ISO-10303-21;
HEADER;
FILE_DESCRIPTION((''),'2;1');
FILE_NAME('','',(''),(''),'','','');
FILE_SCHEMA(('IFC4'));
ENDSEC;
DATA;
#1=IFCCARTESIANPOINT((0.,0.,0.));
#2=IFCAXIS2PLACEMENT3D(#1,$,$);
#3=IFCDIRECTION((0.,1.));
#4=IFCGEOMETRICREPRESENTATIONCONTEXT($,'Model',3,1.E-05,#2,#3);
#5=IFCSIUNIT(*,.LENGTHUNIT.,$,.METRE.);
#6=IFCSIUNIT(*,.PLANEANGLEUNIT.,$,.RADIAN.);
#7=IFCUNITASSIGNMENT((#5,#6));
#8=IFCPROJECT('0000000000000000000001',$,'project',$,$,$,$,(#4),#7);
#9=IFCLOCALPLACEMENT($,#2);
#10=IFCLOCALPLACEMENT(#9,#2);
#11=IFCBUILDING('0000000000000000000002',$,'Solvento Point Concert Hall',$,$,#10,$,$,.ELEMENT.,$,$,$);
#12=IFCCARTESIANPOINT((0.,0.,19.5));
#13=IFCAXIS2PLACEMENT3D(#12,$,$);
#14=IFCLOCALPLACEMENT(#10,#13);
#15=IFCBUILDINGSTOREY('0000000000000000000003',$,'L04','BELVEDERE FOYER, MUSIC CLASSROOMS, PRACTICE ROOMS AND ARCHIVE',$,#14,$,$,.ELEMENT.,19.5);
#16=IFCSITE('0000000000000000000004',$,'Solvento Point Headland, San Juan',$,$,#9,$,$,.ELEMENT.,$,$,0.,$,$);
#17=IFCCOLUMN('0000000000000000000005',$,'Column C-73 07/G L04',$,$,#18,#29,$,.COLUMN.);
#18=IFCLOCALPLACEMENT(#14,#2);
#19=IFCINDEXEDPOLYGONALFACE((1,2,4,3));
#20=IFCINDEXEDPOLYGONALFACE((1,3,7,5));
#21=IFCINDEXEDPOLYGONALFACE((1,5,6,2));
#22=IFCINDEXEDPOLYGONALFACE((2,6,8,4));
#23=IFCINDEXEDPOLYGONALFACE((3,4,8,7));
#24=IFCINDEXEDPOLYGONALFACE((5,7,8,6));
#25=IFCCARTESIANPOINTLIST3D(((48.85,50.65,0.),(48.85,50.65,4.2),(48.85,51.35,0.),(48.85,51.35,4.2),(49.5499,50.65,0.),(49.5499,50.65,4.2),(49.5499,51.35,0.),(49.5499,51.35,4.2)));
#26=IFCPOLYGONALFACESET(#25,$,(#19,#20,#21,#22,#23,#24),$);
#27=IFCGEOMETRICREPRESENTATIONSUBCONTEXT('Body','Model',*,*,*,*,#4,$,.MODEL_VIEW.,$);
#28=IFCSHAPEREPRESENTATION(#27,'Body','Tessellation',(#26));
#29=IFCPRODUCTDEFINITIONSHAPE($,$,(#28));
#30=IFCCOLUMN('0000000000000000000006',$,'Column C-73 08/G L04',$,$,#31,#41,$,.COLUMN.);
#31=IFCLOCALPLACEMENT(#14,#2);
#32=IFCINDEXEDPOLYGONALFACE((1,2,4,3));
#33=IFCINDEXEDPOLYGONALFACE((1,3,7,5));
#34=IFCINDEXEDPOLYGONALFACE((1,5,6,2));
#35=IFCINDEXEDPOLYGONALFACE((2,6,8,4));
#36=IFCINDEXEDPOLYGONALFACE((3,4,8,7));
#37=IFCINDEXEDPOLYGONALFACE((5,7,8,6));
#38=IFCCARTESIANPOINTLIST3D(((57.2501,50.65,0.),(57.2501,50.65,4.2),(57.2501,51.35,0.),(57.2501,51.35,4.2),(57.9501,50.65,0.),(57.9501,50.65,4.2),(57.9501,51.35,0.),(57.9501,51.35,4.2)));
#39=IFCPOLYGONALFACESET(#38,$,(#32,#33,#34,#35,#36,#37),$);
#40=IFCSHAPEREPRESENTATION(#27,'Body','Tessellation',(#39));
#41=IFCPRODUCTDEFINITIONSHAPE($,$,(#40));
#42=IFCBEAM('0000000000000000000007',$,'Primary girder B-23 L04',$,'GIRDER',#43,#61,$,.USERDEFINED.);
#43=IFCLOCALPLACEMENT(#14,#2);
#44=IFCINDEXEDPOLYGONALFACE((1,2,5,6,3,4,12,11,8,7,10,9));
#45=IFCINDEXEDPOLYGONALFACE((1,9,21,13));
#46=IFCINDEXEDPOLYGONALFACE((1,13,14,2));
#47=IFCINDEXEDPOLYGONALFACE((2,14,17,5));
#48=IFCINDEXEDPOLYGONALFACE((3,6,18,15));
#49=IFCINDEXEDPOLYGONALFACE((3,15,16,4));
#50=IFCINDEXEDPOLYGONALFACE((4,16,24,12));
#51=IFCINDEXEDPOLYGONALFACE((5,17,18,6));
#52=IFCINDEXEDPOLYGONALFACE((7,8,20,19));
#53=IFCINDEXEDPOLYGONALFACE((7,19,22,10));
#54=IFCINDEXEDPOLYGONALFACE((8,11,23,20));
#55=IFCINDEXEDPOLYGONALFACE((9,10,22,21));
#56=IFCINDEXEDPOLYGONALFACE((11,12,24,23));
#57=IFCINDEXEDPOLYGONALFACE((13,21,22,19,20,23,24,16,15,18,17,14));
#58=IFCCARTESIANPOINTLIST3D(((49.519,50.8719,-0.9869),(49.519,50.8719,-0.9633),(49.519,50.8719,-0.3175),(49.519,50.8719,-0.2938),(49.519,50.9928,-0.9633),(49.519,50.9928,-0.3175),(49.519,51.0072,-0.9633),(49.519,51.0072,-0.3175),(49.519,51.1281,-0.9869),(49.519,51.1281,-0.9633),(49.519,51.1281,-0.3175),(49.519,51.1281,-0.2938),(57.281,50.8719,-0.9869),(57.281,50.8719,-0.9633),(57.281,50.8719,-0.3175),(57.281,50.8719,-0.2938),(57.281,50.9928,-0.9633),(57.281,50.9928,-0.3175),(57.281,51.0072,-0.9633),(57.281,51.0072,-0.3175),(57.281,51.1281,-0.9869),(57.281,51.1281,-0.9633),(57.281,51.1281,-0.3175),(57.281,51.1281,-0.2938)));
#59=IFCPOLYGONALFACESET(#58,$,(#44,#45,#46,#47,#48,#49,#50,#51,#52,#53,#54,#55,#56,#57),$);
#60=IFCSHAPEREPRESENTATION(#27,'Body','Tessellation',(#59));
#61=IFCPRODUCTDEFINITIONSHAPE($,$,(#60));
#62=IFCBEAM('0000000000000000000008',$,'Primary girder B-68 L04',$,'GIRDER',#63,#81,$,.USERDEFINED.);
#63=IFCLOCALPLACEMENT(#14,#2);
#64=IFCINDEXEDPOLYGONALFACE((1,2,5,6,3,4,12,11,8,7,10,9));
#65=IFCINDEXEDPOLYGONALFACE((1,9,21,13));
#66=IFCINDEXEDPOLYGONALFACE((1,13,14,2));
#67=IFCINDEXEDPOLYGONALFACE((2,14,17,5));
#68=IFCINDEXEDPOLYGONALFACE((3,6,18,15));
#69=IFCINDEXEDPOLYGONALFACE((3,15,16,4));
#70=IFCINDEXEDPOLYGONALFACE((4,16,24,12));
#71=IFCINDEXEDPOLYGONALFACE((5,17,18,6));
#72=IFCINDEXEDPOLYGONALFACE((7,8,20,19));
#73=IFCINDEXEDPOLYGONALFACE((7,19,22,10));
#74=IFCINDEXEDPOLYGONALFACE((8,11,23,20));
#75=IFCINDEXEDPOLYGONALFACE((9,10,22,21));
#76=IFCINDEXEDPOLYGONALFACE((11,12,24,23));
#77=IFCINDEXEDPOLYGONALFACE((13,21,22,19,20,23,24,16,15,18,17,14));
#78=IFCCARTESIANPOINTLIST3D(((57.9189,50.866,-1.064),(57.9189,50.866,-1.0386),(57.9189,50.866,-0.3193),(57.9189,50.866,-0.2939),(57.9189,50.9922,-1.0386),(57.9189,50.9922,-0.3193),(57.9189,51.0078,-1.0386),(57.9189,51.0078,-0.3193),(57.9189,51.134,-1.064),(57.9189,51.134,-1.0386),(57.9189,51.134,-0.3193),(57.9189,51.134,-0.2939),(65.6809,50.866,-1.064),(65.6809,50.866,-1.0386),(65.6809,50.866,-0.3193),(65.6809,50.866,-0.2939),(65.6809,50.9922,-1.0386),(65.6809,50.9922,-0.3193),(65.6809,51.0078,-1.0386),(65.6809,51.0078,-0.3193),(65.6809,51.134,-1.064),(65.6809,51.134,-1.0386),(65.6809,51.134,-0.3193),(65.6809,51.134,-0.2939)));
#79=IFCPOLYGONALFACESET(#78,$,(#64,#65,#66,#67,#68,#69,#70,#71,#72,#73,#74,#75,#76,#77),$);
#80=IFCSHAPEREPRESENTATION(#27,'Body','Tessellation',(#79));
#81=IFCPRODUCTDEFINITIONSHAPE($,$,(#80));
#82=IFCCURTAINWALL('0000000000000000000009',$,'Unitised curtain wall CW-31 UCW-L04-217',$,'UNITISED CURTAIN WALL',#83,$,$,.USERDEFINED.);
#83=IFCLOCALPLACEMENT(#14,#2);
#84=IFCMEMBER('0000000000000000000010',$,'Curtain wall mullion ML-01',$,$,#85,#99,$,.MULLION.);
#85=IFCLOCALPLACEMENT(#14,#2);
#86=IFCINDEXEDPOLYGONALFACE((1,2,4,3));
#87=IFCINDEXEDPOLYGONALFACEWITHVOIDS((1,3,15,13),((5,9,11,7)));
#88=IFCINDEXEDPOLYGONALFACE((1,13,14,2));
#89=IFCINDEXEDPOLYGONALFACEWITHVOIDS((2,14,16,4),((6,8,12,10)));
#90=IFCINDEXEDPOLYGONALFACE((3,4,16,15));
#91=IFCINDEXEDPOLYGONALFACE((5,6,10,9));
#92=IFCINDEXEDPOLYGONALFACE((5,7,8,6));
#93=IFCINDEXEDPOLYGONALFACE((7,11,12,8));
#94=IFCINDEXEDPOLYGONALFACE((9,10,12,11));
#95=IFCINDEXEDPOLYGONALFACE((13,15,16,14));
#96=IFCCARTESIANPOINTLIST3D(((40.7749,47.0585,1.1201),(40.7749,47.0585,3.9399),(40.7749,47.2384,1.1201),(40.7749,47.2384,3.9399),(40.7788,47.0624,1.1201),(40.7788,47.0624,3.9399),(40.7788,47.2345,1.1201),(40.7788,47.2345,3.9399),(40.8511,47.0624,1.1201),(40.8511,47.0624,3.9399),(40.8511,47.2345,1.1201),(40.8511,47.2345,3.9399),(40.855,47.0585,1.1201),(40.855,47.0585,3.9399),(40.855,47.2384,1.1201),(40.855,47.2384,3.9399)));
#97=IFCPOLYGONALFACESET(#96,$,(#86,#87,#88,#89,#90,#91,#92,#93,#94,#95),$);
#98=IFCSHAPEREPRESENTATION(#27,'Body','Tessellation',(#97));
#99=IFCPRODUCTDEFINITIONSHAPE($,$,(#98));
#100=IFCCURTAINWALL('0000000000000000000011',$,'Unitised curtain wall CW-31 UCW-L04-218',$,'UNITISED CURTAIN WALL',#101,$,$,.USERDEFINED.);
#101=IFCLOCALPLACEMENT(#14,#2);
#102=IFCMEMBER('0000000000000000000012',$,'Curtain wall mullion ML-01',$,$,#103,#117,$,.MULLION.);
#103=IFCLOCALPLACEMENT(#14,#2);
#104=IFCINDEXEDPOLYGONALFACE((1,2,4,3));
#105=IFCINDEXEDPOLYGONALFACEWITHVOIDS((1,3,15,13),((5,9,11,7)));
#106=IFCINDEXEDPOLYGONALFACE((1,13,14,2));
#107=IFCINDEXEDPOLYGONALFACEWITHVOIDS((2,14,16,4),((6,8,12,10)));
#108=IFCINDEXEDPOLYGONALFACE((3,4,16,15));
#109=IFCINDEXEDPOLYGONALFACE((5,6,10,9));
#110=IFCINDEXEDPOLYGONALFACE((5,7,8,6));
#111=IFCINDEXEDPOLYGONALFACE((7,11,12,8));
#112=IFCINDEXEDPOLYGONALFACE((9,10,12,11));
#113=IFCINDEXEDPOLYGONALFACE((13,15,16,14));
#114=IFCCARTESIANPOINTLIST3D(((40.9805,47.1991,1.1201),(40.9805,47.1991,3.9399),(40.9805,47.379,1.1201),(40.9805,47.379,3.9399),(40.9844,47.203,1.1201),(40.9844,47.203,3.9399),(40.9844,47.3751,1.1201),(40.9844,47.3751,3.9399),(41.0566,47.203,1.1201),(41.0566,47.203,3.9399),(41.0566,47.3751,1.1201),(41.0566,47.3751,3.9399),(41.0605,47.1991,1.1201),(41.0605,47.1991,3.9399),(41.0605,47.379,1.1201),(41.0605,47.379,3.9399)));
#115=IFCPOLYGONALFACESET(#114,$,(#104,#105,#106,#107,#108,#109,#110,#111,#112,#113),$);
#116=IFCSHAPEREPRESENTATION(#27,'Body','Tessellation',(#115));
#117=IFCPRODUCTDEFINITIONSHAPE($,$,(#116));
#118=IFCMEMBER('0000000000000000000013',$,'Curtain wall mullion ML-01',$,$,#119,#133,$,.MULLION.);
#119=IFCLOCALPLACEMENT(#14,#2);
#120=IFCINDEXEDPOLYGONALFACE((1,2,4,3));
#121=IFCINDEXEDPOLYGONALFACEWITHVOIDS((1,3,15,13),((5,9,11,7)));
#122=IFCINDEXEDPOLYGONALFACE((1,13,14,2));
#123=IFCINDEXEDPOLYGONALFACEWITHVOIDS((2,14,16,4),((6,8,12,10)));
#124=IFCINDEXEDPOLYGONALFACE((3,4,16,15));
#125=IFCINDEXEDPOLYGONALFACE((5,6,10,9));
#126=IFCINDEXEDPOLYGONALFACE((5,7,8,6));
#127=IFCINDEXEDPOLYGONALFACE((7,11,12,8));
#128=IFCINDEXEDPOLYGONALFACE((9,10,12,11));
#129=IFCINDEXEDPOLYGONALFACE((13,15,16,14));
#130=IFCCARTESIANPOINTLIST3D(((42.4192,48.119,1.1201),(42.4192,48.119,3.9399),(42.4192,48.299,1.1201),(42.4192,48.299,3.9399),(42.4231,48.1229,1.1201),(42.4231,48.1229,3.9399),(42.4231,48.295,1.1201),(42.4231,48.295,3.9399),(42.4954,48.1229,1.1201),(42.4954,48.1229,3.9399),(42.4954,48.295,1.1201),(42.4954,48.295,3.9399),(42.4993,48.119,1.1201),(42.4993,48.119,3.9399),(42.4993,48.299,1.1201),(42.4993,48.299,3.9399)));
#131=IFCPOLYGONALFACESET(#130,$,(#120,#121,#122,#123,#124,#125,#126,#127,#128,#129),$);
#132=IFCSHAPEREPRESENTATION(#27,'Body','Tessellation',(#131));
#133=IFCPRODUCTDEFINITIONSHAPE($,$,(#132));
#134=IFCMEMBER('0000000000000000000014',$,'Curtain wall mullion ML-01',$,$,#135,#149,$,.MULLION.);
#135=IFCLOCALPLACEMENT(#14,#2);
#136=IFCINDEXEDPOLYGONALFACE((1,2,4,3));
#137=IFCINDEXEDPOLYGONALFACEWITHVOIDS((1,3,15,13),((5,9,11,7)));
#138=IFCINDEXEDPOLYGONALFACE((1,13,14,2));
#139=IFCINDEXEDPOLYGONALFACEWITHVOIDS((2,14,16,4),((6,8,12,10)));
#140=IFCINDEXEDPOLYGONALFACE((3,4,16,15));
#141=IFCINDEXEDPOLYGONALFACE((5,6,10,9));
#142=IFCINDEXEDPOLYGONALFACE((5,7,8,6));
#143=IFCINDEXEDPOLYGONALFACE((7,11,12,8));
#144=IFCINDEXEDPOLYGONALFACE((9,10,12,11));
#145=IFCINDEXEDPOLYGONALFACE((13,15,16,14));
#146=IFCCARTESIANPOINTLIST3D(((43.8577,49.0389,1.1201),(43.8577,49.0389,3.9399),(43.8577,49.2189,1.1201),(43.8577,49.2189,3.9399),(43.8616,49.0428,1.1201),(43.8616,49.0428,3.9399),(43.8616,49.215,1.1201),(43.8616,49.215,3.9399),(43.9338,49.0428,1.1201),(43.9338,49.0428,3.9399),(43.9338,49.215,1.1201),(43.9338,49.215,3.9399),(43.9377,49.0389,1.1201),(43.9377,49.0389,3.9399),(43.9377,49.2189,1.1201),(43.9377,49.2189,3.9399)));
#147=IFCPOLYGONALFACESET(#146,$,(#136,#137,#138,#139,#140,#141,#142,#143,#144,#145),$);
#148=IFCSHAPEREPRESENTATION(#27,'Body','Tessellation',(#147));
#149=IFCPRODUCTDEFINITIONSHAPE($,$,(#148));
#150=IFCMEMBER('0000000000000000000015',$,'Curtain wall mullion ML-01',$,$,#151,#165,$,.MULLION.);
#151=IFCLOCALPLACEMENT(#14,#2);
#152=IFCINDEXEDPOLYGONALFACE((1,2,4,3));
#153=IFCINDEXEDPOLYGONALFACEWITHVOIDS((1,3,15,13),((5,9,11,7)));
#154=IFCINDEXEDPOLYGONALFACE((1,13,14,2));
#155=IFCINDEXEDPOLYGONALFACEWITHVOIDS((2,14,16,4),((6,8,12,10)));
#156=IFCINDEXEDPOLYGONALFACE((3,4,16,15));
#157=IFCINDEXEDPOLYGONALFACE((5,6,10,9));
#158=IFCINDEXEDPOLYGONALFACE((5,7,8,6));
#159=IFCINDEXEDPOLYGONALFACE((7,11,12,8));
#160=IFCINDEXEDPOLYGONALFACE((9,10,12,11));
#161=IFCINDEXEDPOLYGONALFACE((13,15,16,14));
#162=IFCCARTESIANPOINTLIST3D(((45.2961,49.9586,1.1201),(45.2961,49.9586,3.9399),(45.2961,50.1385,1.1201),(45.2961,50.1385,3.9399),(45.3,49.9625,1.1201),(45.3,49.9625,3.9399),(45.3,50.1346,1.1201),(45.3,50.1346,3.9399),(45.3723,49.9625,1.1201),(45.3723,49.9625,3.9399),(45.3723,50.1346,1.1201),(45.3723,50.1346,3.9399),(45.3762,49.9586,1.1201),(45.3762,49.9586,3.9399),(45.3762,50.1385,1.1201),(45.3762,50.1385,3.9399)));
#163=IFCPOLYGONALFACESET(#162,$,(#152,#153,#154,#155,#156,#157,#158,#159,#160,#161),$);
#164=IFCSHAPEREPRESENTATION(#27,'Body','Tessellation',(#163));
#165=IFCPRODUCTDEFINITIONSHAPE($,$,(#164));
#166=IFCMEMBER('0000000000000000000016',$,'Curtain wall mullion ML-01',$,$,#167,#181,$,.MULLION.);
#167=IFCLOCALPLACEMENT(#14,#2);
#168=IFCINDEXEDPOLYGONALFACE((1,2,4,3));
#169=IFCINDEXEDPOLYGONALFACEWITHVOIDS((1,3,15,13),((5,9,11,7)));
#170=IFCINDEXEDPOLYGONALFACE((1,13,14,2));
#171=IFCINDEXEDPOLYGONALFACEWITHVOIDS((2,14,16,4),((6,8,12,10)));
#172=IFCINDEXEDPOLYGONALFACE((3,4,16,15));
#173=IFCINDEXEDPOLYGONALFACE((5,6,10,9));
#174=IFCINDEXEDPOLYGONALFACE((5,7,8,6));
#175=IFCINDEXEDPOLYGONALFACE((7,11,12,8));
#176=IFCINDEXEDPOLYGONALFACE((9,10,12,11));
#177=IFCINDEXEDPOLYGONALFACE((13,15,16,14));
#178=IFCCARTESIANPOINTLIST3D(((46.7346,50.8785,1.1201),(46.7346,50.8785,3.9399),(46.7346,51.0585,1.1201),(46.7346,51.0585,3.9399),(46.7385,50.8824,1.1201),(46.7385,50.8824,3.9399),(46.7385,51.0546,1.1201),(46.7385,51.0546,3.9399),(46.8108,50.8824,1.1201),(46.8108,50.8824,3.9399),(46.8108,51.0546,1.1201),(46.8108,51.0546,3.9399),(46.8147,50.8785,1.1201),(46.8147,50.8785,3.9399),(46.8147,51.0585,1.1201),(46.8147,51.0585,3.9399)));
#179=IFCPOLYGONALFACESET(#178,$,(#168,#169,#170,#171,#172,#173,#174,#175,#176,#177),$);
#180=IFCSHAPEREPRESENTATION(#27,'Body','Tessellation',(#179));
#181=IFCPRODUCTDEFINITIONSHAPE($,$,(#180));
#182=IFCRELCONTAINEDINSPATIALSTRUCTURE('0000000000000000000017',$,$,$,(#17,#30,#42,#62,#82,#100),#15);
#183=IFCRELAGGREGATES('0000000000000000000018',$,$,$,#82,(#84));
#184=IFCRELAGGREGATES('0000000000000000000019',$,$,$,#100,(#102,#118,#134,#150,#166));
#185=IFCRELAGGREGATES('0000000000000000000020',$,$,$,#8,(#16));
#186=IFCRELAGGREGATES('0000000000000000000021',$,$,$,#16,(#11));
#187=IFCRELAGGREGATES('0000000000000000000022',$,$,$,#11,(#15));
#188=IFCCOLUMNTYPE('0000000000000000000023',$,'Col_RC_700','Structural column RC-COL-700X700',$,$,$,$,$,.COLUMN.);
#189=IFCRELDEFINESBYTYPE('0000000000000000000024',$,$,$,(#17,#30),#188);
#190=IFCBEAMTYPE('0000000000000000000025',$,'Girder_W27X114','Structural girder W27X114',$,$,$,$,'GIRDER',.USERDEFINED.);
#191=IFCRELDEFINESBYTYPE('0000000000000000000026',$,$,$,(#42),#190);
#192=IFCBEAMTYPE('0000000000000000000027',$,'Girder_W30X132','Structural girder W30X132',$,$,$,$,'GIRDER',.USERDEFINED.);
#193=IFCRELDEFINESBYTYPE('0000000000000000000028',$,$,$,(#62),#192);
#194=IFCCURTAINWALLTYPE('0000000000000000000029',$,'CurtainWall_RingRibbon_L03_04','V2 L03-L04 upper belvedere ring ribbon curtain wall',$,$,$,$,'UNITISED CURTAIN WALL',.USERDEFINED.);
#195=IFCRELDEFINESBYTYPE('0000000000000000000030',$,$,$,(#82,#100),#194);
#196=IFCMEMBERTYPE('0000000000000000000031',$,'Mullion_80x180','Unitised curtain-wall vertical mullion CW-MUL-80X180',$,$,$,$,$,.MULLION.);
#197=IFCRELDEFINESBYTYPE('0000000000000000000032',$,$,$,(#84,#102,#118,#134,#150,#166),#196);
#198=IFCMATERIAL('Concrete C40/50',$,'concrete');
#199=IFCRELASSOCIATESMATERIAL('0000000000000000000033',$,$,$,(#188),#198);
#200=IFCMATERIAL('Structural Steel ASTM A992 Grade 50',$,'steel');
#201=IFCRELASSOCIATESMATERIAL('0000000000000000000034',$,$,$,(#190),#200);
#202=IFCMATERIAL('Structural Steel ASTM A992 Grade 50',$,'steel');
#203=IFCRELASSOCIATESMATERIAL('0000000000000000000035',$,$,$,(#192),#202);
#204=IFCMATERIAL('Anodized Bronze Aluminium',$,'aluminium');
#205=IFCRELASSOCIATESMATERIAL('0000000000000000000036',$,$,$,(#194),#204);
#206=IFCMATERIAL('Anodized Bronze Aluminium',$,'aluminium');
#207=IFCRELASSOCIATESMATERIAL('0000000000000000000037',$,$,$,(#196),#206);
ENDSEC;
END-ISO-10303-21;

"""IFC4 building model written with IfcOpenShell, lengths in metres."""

from ifc_helpers import new_model, si_unit, direction, frame, origin, origin_2d, place, context, subcontext, project, spatial, rectangle, hollow_rectangle, i_section, extrude, material, material_profile, profile_set, type_object, element, aggregate, save


model = new_model("IFC4")

# Units and contexts
model_context = context("Model", 3, precision=1e-05, world=origin(), true_north=direction((0.0, 1.0)))
body_context = subcontext(model_context, "Body", "Model", "MODEL_VIEW")
ifc_project = project(units=[si_unit("LENGTHUNIT", "METRE"), si_unit("PLANEANGLEUNIT", "RADIAN")], contexts=[model_context])

# Site, building, storey
site_placement = place(None, origin())
site = spatial("IfcSite", under=ifc_project, at=site_placement, Name="Solvento Point Headland, San Juan", CompositionType="ELEMENT", RefElevation=0.0)
building_placement = place(site_placement, origin())
building = spatial("IfcBuilding", under=site, at=building_placement, Name="Solvento Point Concert Hall", CompositionType="ELEMENT")
storey_placement = place(building_placement, frame((0.0, 0.0, 19.5)))
storey = spatial("IfcBuildingStorey", under=building, at=storey_placement, Name="L04", Description="BELVEDERE FOYER, MUSIC CLASSROOMS, PRACTICE ROOMS AND ARCHIVE", CompositionType="ELEMENT", Elevation=19.5)

# Columns
ifc_material_1 = material(Name="Concrete C40/50", Category="concrete")
ifc_material_profile_1 = material_profile(ifc_material_1, rectangle(XDim=0.7, YDim=0.7, at=origin_2d()), Name="RC-COL-700X700")
ifc_profile_set_1 = profile_set([ifc_material_profile_1], Name="Concrete C40/50")
column_type = type_object("IfcColumnType", Name="Col_RC_700", Description="Structural column RC-COL-700X700", PredefinedType="COLUMN", material=ifc_profile_set_1)
for number, where, z_axis, x_axis, name in (
    (1, (49.2, 51.0, 0.0), (0.0, 0.0, 1.0), (1.0, 0.0, 0.0), "Column C-73 07/G L04"),
    (2, (57.6001, 51.0, 0.0), (0.0, 0.0, 1.0), (1.0, 0.0, 0.0), "Column C-73 08/G L04"),
):
    element("IfcColumn", number, at=place(storey_placement, frame(where, z_axis=z_axis, x_axis=x_axis)), inside=storey, type_object=column_type, Name=name, PredefinedType="COLUMN", context=body_context, shape_type="SweptSolid", body=[
        extrude(rectangle(XDim=0.7, YDim=0.7, at=origin_2d()), origin(), (0.0, 0.0, 1.0), 4.2),
    ])

# Beams
ifc_material_2 = material(Name="Structural Steel ASTM A992 Grade 50", Category="steel")
ifc_material_profile_2 = material_profile(ifc_material_2, i_section(OverallWidth=0.2561, OverallDepth=0.6931, WebThickness=0.0144, FlangeThickness=0.0237, at=origin_2d()), Name="W27X114")
ifc_profile_set_2 = profile_set([ifc_material_profile_2], Name="Structural Steel ASTM A992 Grade 50")
beam_type_1 = type_object("IfcBeamType", Name="Girder_W27X114", Description="Structural girder W27X114", ElementType="GIRDER", PredefinedType="USERDEFINED", material=ifc_profile_set_2)
beam_1_placement = place(storey_placement, frame((49.519, 51.0, -0.6404), z_axis=(1.0, 0.0, 0.0), x_axis=(0.0, 1.0, 0.0)))
element("IfcBeam", 3, at=beam_1_placement, inside=storey, type_object=beam_type_1, Name="Primary girder B-23 L04", ObjectType="GIRDER", PredefinedType="USERDEFINED", context=body_context, shape_type="SweptSolid", body=[
    extrude(i_section(OverallWidth=0.2561, OverallDepth=0.6931, WebThickness=0.0144, FlangeThickness=0.0237, at=origin_2d()), origin(), (0.0, 0.0, 1.0), 7.762),
])
ifc_material_3 = material(Name="Structural Steel ASTM A992 Grade 50", Category="steel")
ifc_material_profile_3 = material_profile(ifc_material_3, i_section(OverallWidth=0.2681, OverallDepth=0.77, WebThickness=0.0156, FlangeThickness=0.0254, at=origin_2d()), Name="W30X132")
ifc_profile_set_3 = profile_set([ifc_material_profile_3], Name="Structural Steel ASTM A992 Grade 50")
beam_type_2 = type_object("IfcBeamType", Name="Girder_W30X132", Description="Structural girder W30X132", ElementType="GIRDER", PredefinedType="USERDEFINED", material=ifc_profile_set_3)
beam_2_placement = place(storey_placement, frame((57.9189, 51.0, -0.679), z_axis=(1.0, 0.0, 0.0), x_axis=(0.0, 1.0, 0.0)))
element("IfcBeam", 4, at=beam_2_placement, inside=storey, type_object=beam_type_2, Name="Primary girder B-68 L04", ObjectType="GIRDER", PredefinedType="USERDEFINED", context=body_context, shape_type="SweptSolid", body=[
    extrude(i_section(OverallWidth=0.2681, OverallDepth=0.77, WebThickness=0.0156, FlangeThickness=0.0254, at=origin_2d()), origin(), (0.0, 0.0, 1.0), 7.762),
])

# Curtain wall, member
ifc_material_4 = material(Name="Anodized Bronze Aluminium", Category="aluminium")
curtain_wall_type = type_object("IfcCurtainWallType", Name="CurtainWall_RingRibbon_L03_04", Description="V2 L03-L04 upper belvedere ring ribbon curtain wall", ElementType="UNITISED CURTAIN WALL", PredefinedType="USERDEFINED", material=ifc_material_4)
curtain_wall_1_placement = place(storey_placement, origin())
curtain_wall_1 = element("IfcCurtainWall", 5, at=curtain_wall_1_placement, inside=storey, type_object=curtain_wall_type, Name="Unitised curtain wall CW-31 UCW-L04-217", ObjectType="UNITISED CURTAIN WALL", PredefinedType="USERDEFINED")
ifc_material_5 = material(Name="Anodized Bronze Aluminium", Category="aluminium")
ifc_material_profile_4 = material_profile(ifc_material_5, hollow_rectangle(XDim=0.0801, YDim=0.1799, WallThickness=0.0039, at=origin_2d()), Name="CW-MUL-80X180")
ifc_profile_set_4 = profile_set([ifc_material_profile_4], Name="Anodized Bronze Aluminium")
member_type_1 = type_object("IfcMemberType", Name="Mullion_80x180", Description="Unitised curtain-wall vertical mullion CW-MUL-80X180", PredefinedType="MULLION", material=ifc_profile_set_4)
member_1_placement = place(storey_placement, frame((40.8149, 47.1484, 1.1201), z_axis=(0.0, 0.0, 1.0), x_axis=(1.0, 0.0, 0.0)))
member_1 = element("IfcMember", 6, at=member_1_placement, type_object=member_type_1, Name="Curtain wall mullion ML-01", PredefinedType="MULLION", context=body_context, shape_type="SweptSolid", body=[
    extrude(hollow_rectangle(XDim=0.0801, YDim=0.1799, WallThickness=0.0039, at=origin_2d()), origin(), (0.0, 0.0, 1.0), 2.8198),
])
aggregate(curtain_wall_1, [member_1])

# Curtain wall, members
curtain_wall_2_placement = place(storey_placement, origin())
curtain_wall_2 = element("IfcCurtainWall", 7, at=curtain_wall_2_placement, inside=storey, type_object=curtain_wall_type, Name="Unitised curtain wall CW-31 UCW-L04-218", ObjectType="UNITISED CURTAIN WALL", PredefinedType="USERDEFINED")
member_2_placement = place(storey_placement, frame((41.0205, 47.2891, 1.1201), z_axis=(0.0, 0.0, 1.0), x_axis=(1.0, 0.0, 0.0)))
member_2 = element("IfcMember", 8, at=member_2_placement, type_object=member_type_1, Name="Curtain wall mullion ML-01", PredefinedType="MULLION", context=body_context, shape_type="SweptSolid", body=[
    extrude(hollow_rectangle(XDim=0.0801, YDim=0.1799, WallThickness=0.0039, at=origin_2d()), origin(), (0.0, 0.0, 1.0), 2.8198),
])
member_3_placement = place(storey_placement, frame((42.4592, 48.209, 1.1201), z_axis=(0.0, 0.0, 1.0), x_axis=(1.0, 0.0, 0.0)))
member_3 = element("IfcMember", 9, at=member_3_placement, type_object=member_type_1, Name="Curtain wall mullion ML-01", PredefinedType="MULLION", context=body_context, shape_type="SweptSolid", body=[
    extrude(hollow_rectangle(XDim=0.0801, YDim=0.1799, WallThickness=0.0039, at=origin_2d()), origin(), (0.0, 0.0, 1.0), 2.8198),
])
member_4_placement = place(storey_placement, frame((43.8977, 49.1289, 1.1201), z_axis=(0.0, 0.0, 1.0), x_axis=(1.0, 0.0, 0.0)))
member_4 = element("IfcMember", 10, at=member_4_placement, type_object=member_type_1, Name="Curtain wall mullion ML-01", PredefinedType="MULLION", context=body_context, shape_type="SweptSolid", body=[
    extrude(hollow_rectangle(XDim=0.0801, YDim=0.1799, WallThickness=0.0039, at=origin_2d()), origin(), (0.0, 0.0, 1.0), 2.8198),
])
member_5_placement = place(storey_placement, frame((45.3362, 50.0486, 1.1201), z_axis=(0.0, 0.0, 1.0), x_axis=(1.0, 0.0, 0.0)))
member_5 = element("IfcMember", 11, at=member_5_placement, type_object=member_type_1, Name="Curtain wall mullion ML-01", PredefinedType="MULLION", context=body_context, shape_type="SweptSolid", body=[
    extrude(hollow_rectangle(XDim=0.0801, YDim=0.1799, WallThickness=0.0039, at=origin_2d()), origin(), (0.0, 0.0, 1.0), 2.8198),
])
member_6_placement = place(storey_placement, frame((46.7747, 50.9685, 1.1201), z_axis=(0.0, 0.0, 1.0), x_axis=(1.0, 0.0, 0.0)))
member_6 = element("IfcMember", 12, at=member_6_placement, type_object=member_type_1, Name="Curtain wall mullion ML-01", PredefinedType="MULLION", context=body_context, shape_type="SweptSolid", body=[
    extrude(hollow_rectangle(XDim=0.0801, YDim=0.1799, WallThickness=0.0039, at=origin_2d()), origin(), (0.0, 0.0, 1.0), 2.8198),
])

aggregate(curtain_wall_2, [member_2, member_3, member_4, member_5, member_6])

save(model, "model.ifc")
